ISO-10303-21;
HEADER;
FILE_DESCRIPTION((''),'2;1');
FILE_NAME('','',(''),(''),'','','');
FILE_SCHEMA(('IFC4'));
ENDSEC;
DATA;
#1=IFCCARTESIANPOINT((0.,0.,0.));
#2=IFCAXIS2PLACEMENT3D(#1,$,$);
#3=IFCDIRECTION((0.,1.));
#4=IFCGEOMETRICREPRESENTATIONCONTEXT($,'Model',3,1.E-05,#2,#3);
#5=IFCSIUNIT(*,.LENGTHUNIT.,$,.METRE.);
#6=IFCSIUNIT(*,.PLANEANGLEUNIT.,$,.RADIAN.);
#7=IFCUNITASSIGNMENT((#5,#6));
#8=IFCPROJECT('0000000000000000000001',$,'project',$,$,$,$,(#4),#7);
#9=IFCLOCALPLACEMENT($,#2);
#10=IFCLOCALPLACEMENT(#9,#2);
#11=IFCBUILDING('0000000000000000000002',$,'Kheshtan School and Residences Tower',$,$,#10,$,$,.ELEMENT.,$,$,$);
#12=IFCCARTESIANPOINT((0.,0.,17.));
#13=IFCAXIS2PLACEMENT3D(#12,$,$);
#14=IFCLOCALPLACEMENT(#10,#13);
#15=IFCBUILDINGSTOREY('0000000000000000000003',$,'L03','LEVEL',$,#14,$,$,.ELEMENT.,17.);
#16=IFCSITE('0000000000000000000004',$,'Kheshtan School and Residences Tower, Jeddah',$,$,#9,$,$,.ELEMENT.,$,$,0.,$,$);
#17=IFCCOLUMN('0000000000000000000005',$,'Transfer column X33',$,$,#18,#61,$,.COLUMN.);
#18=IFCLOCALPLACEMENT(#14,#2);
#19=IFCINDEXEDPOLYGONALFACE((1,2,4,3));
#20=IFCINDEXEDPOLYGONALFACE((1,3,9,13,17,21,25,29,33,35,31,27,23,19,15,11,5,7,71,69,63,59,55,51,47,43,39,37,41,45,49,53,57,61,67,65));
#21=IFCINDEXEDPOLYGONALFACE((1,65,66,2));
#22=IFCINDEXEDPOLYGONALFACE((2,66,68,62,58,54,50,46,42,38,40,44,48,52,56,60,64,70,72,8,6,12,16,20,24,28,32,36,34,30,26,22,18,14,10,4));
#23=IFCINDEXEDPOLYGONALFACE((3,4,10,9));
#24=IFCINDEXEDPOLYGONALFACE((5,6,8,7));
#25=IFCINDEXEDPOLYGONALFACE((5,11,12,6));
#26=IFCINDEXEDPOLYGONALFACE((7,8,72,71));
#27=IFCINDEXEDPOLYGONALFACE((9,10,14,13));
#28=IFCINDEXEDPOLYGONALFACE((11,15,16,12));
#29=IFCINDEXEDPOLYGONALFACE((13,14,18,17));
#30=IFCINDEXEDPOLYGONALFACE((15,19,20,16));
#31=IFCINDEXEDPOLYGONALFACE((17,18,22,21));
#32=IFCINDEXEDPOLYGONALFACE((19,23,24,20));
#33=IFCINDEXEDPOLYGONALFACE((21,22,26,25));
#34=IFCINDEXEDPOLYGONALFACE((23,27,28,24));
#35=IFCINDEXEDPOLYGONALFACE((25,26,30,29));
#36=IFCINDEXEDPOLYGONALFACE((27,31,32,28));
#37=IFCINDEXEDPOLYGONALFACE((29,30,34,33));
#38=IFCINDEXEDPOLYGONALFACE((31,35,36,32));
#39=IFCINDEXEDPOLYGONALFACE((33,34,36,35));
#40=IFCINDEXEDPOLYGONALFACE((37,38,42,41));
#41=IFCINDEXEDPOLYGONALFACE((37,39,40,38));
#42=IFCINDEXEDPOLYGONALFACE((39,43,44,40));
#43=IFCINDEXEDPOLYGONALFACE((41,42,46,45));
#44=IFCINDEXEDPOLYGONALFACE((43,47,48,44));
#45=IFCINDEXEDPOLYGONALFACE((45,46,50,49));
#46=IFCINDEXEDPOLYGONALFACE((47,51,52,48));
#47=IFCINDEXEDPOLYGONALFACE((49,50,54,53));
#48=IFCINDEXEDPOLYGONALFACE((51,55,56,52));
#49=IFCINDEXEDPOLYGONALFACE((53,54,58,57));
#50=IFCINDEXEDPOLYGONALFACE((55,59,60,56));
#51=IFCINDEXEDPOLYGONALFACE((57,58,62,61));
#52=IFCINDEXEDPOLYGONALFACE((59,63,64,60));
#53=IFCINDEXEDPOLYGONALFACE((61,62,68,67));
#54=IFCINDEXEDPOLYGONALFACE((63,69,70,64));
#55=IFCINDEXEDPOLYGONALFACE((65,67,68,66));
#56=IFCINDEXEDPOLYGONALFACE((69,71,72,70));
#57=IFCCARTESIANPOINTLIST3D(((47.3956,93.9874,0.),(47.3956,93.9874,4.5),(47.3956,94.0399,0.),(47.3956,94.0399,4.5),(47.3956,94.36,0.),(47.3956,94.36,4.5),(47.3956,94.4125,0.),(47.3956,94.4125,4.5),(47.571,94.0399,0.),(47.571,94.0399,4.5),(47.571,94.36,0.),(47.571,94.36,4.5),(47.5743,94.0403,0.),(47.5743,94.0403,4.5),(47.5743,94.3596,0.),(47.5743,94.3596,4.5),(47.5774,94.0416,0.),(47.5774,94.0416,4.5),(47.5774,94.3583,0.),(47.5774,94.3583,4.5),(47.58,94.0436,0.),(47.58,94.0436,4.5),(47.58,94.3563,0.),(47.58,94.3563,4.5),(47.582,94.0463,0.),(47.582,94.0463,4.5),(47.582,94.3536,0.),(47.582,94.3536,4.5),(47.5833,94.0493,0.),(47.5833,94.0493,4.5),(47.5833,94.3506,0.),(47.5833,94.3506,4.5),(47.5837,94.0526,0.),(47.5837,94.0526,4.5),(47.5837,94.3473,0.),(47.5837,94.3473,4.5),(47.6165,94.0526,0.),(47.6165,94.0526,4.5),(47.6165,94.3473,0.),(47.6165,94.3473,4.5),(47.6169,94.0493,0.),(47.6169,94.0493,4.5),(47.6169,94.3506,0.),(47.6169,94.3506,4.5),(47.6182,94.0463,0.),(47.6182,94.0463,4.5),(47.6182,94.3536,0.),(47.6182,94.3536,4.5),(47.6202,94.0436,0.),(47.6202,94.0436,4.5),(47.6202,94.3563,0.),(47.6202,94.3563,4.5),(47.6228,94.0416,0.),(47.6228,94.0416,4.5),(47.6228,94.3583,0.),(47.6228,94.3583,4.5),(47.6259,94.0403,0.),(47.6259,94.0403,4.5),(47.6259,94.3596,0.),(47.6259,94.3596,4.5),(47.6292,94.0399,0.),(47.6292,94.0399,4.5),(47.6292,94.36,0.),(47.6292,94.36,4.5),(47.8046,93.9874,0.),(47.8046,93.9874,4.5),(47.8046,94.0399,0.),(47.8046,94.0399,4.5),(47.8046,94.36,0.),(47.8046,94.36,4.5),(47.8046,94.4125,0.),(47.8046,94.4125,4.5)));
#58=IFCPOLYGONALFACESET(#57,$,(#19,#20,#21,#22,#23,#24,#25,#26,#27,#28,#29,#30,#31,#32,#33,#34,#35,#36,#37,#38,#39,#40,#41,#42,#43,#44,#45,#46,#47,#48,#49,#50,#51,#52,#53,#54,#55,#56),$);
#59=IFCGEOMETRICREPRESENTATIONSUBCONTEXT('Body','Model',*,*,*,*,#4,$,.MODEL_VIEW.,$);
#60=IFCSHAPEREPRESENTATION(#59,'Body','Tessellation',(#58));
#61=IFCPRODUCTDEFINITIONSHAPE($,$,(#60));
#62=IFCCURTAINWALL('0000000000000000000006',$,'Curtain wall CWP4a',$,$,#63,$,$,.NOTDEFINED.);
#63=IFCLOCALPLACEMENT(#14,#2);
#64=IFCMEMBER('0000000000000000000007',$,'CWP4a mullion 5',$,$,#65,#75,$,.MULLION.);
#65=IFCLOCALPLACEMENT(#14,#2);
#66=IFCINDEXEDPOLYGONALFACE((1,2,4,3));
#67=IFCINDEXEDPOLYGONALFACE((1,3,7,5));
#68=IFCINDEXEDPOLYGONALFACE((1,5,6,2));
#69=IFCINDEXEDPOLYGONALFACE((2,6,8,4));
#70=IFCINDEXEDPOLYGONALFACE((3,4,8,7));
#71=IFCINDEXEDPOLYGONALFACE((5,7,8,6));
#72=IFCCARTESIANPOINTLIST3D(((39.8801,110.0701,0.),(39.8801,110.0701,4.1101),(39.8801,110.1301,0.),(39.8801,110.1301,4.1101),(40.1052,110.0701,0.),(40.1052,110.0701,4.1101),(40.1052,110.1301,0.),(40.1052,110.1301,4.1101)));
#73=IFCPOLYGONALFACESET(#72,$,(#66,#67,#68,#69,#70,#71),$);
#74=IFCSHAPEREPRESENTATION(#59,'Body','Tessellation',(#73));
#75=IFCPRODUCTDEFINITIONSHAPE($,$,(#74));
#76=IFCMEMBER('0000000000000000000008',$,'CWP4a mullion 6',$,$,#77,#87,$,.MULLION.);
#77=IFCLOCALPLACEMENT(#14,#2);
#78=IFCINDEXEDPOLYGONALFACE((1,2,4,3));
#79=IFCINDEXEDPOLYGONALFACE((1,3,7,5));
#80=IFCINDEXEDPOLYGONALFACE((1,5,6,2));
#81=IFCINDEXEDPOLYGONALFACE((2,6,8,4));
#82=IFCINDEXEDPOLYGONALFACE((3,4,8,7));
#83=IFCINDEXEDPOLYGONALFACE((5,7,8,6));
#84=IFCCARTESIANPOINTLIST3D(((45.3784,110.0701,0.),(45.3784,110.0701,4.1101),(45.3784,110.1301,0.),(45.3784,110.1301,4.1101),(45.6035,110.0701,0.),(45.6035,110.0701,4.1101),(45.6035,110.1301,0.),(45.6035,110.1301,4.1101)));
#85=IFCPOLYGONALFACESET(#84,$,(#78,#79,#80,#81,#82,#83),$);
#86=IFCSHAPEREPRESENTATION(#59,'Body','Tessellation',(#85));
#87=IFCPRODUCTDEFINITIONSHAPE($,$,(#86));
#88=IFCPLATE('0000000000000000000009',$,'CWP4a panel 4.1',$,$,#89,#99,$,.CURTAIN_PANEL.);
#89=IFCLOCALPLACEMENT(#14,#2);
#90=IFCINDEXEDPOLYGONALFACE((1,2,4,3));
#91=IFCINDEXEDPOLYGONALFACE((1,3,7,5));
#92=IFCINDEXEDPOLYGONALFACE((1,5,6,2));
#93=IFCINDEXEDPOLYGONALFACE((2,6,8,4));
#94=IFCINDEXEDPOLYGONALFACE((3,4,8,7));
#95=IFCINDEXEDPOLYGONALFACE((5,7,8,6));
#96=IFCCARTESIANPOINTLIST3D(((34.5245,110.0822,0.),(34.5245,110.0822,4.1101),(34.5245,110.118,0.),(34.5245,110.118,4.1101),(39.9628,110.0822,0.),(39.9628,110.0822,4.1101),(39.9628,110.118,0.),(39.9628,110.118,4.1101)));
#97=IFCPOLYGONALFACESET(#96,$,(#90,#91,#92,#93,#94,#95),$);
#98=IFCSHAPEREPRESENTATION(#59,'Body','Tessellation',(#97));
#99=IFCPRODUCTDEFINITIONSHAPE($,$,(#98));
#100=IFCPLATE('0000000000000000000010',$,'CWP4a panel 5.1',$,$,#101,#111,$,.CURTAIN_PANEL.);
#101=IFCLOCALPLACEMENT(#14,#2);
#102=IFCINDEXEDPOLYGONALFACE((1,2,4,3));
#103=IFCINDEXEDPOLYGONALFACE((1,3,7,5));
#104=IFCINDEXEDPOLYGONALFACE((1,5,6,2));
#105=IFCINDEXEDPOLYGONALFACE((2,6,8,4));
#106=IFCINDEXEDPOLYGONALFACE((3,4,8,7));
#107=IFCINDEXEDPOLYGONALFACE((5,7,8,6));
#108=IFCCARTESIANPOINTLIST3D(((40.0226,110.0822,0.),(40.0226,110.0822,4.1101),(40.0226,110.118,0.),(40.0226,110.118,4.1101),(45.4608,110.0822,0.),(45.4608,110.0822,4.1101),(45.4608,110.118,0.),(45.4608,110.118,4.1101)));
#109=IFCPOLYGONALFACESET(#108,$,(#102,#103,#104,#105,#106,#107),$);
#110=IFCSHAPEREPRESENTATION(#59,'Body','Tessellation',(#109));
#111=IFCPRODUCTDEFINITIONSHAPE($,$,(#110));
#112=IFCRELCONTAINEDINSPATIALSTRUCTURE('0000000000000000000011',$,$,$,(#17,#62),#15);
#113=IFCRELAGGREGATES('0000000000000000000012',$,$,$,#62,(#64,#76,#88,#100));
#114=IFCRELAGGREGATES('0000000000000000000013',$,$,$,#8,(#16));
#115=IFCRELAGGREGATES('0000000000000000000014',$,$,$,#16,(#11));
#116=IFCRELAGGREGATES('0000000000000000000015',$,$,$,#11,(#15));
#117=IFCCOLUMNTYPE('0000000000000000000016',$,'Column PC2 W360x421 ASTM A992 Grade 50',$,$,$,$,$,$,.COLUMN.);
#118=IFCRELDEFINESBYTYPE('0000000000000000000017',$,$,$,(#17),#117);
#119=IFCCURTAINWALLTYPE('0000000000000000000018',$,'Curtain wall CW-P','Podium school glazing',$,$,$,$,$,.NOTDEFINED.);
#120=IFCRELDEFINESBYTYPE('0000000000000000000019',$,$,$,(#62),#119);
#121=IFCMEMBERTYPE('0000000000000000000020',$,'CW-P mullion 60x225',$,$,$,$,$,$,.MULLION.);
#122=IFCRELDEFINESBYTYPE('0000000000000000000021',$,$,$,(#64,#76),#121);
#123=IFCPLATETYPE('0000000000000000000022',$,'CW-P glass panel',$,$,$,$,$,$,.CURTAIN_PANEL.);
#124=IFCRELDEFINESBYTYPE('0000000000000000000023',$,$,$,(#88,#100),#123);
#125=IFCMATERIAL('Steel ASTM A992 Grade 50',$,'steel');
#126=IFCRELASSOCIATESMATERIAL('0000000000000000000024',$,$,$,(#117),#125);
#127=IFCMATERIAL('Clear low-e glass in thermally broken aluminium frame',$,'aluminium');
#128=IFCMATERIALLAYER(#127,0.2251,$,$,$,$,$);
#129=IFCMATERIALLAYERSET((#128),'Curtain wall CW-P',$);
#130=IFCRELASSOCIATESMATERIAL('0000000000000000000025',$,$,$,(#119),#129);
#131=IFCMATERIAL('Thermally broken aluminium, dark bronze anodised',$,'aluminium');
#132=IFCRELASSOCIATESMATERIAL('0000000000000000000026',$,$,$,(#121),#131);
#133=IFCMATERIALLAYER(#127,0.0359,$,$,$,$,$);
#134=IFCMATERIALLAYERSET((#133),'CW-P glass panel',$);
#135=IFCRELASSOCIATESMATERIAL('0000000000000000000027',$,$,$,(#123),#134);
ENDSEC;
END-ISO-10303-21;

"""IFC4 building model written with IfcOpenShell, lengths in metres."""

from ifc_helpers import new_model, si_unit, direction, frame, origin, origin_2d, place, context, subcontext, project, spatial, rectangle, i_section, extrude, material, layer, layer_set, material_profile, profile_set, type_object, element, aggregate, save


model = new_model("IFC4")

# Units and contexts
model_context = context("Model", 3, precision=1e-05, world=origin(), true_north=direction((0.0, 1.0)))
body_context = subcontext(model_context, "Body", "Model", "MODEL_VIEW")
ifc_project = project(units=[si_unit("LENGTHUNIT", "METRE"), si_unit("PLANEANGLEUNIT", "RADIAN")], contexts=[model_context])

# Site, building, storey
site_placement = place(None, origin())
site = spatial("IfcSite", under=ifc_project, at=site_placement, Name="Kheshtan School and Residences Tower, Jeddah", CompositionType="ELEMENT", RefElevation=0.0)
building_placement = place(site_placement, origin())
building = spatial("IfcBuilding", under=site, at=building_placement, Name="Kheshtan School and Residences Tower", CompositionType="ELEMENT")
storey_placement = place(building_placement, frame((0.0, 0.0, 17.0)))
storey = spatial("IfcBuildingStorey", under=building, at=storey_placement, Name="L03", Description="LEVEL", CompositionType="ELEMENT", Elevation=17.0)

# Column
ifc_material_1 = material(Name="Steel ASTM A992 Grade 50", Category="steel")
ifc_material_profile_1 = material_profile(ifc_material_1, i_section(OverallWidth=0.4089, OverallDepth=0.425, WebThickness=0.0327, FlangeThickness=0.0525, FilletRadius=0.0127, at=origin_2d()), Name="W360x421")
ifc_profile_set_1 = profile_set([ifc_material_profile_1], Name="Steel ASTM A992 Grade 50")
column_type = type_object("IfcColumnType", Name="Column PC2 W360x421 ASTM A992 Grade 50", PredefinedType="COLUMN", material=ifc_profile_set_1)
for number, where, z_axis, x_axis, name in (
    (1, (47.6001, 94.2, 0.0), (0.0, 0.0, 1.0), (1.0, 0.0, 0.0), "Transfer column X33"),
):
    element("IfcColumn", number, at=place(storey_placement, frame(where, z_axis=z_axis, x_axis=x_axis)), inside=storey, type_object=column_type, Name=name, PredefinedType="COLUMN", context=body_context, shape_type="SweptSolid", body=[
        extrude(i_section(OverallWidth=0.4089, OverallDepth=0.425, WebThickness=0.0327, FlangeThickness=0.0525, FilletRadius=0.0127, at=origin_2d()), origin(), (0.0, 0.0, 1.0), 4.5),
    ])

# Curtain wall, members, plates
ifc_material_2 = material(Name="Clear low-e glass in thermally broken aluminium frame", Category="aluminium")
ifc_layer_1 = layer(ifc_material_2, 0.2251)
ifc_layer_set_1 = layer_set([ifc_layer_1], Name="Curtain wall CW-P")
curtain_wall_type = type_object("IfcCurtainWallType", Name="Curtain wall CW-P", Description="Podium school glazing", PredefinedType="NOTDEFINED", material=ifc_layer_set_1)
curtain_wall_placement = place(storey_placement, origin())
curtain_wall = element("IfcCurtainWall", 2, at=curtain_wall_placement, inside=storey, type_object=curtain_wall_type, Name="Curtain wall CWP4a", PredefinedType="NOTDEFINED")
ifc_material_3 = material(Name="Thermally broken aluminium, dark bronze anodised", Category="aluminium")
ifc_material_profile_2 = material_profile(ifc_material_3, rectangle(XDim=0.0601, YDim=0.2251, at=origin_2d()), Name="CW-P mullion 60x225")
ifc_profile_set_2 = profile_set([ifc_material_profile_2], Name="Thermally broken aluminium, dark bronze anodised")
member_type = type_object("IfcMemberType", Name="CW-P mullion 60x225", PredefinedType="MULLION", material=ifc_profile_set_2)
member_1_placement = place(storey_placement, frame((39.9927, 110.1001, 0.0), z_axis=(0.0, 0.0, 1.0), x_axis=(0.0, 1.0, 0.0)))
member_1 = element("IfcMember", 3, at=member_1_placement, type_object=member_type, Name="CWP4a mullion 5", PredefinedType="MULLION", context=body_context, shape_type="SweptSolid", body=[
    extrude(rectangle(XDim=0.0601, YDim=0.2251, at=origin_2d()), origin(), (0.0, 0.0, 1.0), 4.1101),
])
member_2_placement = place(storey_placement, frame((45.491, 110.1001, 0.0), z_axis=(0.0, 0.0, 1.0), x_axis=(0.0, 1.0, 0.0)))
member_2 = element("IfcMember", 4, at=member_2_placement, type_object=member_type, Name="CWP4a mullion 6", PredefinedType="MULLION", context=body_context, shape_type="SweptSolid", body=[
    extrude(rectangle(XDim=0.0601, YDim=0.2251, at=origin_2d()), origin(), (0.0, 0.0, 1.0), 4.1101),
])
ifc_layer_2 = layer(ifc_material_2, 0.0359)
ifc_layer_set_2 = layer_set([ifc_layer_2], Name="CW-P glass panel")
plate_type = type_object("IfcPlateType", Name="CW-P glass panel", PredefinedType="CURTAIN_PANEL", material=ifc_layer_set_2)
plate_1_placement = place(storey_placement, frame((37.2437, 110.1001, 0.0), z_axis=(0.0, 0.0, 1.0), x_axis=(1.0, 0.0, 0.0)))
plate_1 = element("IfcPlate", 5, at=plate_1_placement, type_object=plate_type, Name="CWP4a panel 4.1", PredefinedType="CURTAIN_PANEL", context=body_context, shape_type="SweptSolid", body=[
    extrude(rectangle(XDim=5.4382, YDim=0.0359, at=origin_2d()), origin(), (0.0, 0.0, 1.0), 4.1101),
])
plate_2_placement = place(storey_placement, frame((42.7417, 110.1001, 0.0), z_axis=(0.0, 0.0, 1.0), x_axis=(1.0, 0.0, 0.0)))
plate_2 = element("IfcPlate", 6, at=plate_2_placement, type_object=plate_type, Name="CWP4a panel 5.1", PredefinedType="CURTAIN_PANEL", context=body_context, shape_type="SweptSolid", body=[
    extrude(rectangle(XDim=5.4382, YDim=0.0359, at=origin_2d()), origin(), (0.0, 0.0, 1.0), 4.1101),
])
aggregate(curtain_wall, [member_1, member_2, plate_1, plate_2])

save(model, "model.ifc")
